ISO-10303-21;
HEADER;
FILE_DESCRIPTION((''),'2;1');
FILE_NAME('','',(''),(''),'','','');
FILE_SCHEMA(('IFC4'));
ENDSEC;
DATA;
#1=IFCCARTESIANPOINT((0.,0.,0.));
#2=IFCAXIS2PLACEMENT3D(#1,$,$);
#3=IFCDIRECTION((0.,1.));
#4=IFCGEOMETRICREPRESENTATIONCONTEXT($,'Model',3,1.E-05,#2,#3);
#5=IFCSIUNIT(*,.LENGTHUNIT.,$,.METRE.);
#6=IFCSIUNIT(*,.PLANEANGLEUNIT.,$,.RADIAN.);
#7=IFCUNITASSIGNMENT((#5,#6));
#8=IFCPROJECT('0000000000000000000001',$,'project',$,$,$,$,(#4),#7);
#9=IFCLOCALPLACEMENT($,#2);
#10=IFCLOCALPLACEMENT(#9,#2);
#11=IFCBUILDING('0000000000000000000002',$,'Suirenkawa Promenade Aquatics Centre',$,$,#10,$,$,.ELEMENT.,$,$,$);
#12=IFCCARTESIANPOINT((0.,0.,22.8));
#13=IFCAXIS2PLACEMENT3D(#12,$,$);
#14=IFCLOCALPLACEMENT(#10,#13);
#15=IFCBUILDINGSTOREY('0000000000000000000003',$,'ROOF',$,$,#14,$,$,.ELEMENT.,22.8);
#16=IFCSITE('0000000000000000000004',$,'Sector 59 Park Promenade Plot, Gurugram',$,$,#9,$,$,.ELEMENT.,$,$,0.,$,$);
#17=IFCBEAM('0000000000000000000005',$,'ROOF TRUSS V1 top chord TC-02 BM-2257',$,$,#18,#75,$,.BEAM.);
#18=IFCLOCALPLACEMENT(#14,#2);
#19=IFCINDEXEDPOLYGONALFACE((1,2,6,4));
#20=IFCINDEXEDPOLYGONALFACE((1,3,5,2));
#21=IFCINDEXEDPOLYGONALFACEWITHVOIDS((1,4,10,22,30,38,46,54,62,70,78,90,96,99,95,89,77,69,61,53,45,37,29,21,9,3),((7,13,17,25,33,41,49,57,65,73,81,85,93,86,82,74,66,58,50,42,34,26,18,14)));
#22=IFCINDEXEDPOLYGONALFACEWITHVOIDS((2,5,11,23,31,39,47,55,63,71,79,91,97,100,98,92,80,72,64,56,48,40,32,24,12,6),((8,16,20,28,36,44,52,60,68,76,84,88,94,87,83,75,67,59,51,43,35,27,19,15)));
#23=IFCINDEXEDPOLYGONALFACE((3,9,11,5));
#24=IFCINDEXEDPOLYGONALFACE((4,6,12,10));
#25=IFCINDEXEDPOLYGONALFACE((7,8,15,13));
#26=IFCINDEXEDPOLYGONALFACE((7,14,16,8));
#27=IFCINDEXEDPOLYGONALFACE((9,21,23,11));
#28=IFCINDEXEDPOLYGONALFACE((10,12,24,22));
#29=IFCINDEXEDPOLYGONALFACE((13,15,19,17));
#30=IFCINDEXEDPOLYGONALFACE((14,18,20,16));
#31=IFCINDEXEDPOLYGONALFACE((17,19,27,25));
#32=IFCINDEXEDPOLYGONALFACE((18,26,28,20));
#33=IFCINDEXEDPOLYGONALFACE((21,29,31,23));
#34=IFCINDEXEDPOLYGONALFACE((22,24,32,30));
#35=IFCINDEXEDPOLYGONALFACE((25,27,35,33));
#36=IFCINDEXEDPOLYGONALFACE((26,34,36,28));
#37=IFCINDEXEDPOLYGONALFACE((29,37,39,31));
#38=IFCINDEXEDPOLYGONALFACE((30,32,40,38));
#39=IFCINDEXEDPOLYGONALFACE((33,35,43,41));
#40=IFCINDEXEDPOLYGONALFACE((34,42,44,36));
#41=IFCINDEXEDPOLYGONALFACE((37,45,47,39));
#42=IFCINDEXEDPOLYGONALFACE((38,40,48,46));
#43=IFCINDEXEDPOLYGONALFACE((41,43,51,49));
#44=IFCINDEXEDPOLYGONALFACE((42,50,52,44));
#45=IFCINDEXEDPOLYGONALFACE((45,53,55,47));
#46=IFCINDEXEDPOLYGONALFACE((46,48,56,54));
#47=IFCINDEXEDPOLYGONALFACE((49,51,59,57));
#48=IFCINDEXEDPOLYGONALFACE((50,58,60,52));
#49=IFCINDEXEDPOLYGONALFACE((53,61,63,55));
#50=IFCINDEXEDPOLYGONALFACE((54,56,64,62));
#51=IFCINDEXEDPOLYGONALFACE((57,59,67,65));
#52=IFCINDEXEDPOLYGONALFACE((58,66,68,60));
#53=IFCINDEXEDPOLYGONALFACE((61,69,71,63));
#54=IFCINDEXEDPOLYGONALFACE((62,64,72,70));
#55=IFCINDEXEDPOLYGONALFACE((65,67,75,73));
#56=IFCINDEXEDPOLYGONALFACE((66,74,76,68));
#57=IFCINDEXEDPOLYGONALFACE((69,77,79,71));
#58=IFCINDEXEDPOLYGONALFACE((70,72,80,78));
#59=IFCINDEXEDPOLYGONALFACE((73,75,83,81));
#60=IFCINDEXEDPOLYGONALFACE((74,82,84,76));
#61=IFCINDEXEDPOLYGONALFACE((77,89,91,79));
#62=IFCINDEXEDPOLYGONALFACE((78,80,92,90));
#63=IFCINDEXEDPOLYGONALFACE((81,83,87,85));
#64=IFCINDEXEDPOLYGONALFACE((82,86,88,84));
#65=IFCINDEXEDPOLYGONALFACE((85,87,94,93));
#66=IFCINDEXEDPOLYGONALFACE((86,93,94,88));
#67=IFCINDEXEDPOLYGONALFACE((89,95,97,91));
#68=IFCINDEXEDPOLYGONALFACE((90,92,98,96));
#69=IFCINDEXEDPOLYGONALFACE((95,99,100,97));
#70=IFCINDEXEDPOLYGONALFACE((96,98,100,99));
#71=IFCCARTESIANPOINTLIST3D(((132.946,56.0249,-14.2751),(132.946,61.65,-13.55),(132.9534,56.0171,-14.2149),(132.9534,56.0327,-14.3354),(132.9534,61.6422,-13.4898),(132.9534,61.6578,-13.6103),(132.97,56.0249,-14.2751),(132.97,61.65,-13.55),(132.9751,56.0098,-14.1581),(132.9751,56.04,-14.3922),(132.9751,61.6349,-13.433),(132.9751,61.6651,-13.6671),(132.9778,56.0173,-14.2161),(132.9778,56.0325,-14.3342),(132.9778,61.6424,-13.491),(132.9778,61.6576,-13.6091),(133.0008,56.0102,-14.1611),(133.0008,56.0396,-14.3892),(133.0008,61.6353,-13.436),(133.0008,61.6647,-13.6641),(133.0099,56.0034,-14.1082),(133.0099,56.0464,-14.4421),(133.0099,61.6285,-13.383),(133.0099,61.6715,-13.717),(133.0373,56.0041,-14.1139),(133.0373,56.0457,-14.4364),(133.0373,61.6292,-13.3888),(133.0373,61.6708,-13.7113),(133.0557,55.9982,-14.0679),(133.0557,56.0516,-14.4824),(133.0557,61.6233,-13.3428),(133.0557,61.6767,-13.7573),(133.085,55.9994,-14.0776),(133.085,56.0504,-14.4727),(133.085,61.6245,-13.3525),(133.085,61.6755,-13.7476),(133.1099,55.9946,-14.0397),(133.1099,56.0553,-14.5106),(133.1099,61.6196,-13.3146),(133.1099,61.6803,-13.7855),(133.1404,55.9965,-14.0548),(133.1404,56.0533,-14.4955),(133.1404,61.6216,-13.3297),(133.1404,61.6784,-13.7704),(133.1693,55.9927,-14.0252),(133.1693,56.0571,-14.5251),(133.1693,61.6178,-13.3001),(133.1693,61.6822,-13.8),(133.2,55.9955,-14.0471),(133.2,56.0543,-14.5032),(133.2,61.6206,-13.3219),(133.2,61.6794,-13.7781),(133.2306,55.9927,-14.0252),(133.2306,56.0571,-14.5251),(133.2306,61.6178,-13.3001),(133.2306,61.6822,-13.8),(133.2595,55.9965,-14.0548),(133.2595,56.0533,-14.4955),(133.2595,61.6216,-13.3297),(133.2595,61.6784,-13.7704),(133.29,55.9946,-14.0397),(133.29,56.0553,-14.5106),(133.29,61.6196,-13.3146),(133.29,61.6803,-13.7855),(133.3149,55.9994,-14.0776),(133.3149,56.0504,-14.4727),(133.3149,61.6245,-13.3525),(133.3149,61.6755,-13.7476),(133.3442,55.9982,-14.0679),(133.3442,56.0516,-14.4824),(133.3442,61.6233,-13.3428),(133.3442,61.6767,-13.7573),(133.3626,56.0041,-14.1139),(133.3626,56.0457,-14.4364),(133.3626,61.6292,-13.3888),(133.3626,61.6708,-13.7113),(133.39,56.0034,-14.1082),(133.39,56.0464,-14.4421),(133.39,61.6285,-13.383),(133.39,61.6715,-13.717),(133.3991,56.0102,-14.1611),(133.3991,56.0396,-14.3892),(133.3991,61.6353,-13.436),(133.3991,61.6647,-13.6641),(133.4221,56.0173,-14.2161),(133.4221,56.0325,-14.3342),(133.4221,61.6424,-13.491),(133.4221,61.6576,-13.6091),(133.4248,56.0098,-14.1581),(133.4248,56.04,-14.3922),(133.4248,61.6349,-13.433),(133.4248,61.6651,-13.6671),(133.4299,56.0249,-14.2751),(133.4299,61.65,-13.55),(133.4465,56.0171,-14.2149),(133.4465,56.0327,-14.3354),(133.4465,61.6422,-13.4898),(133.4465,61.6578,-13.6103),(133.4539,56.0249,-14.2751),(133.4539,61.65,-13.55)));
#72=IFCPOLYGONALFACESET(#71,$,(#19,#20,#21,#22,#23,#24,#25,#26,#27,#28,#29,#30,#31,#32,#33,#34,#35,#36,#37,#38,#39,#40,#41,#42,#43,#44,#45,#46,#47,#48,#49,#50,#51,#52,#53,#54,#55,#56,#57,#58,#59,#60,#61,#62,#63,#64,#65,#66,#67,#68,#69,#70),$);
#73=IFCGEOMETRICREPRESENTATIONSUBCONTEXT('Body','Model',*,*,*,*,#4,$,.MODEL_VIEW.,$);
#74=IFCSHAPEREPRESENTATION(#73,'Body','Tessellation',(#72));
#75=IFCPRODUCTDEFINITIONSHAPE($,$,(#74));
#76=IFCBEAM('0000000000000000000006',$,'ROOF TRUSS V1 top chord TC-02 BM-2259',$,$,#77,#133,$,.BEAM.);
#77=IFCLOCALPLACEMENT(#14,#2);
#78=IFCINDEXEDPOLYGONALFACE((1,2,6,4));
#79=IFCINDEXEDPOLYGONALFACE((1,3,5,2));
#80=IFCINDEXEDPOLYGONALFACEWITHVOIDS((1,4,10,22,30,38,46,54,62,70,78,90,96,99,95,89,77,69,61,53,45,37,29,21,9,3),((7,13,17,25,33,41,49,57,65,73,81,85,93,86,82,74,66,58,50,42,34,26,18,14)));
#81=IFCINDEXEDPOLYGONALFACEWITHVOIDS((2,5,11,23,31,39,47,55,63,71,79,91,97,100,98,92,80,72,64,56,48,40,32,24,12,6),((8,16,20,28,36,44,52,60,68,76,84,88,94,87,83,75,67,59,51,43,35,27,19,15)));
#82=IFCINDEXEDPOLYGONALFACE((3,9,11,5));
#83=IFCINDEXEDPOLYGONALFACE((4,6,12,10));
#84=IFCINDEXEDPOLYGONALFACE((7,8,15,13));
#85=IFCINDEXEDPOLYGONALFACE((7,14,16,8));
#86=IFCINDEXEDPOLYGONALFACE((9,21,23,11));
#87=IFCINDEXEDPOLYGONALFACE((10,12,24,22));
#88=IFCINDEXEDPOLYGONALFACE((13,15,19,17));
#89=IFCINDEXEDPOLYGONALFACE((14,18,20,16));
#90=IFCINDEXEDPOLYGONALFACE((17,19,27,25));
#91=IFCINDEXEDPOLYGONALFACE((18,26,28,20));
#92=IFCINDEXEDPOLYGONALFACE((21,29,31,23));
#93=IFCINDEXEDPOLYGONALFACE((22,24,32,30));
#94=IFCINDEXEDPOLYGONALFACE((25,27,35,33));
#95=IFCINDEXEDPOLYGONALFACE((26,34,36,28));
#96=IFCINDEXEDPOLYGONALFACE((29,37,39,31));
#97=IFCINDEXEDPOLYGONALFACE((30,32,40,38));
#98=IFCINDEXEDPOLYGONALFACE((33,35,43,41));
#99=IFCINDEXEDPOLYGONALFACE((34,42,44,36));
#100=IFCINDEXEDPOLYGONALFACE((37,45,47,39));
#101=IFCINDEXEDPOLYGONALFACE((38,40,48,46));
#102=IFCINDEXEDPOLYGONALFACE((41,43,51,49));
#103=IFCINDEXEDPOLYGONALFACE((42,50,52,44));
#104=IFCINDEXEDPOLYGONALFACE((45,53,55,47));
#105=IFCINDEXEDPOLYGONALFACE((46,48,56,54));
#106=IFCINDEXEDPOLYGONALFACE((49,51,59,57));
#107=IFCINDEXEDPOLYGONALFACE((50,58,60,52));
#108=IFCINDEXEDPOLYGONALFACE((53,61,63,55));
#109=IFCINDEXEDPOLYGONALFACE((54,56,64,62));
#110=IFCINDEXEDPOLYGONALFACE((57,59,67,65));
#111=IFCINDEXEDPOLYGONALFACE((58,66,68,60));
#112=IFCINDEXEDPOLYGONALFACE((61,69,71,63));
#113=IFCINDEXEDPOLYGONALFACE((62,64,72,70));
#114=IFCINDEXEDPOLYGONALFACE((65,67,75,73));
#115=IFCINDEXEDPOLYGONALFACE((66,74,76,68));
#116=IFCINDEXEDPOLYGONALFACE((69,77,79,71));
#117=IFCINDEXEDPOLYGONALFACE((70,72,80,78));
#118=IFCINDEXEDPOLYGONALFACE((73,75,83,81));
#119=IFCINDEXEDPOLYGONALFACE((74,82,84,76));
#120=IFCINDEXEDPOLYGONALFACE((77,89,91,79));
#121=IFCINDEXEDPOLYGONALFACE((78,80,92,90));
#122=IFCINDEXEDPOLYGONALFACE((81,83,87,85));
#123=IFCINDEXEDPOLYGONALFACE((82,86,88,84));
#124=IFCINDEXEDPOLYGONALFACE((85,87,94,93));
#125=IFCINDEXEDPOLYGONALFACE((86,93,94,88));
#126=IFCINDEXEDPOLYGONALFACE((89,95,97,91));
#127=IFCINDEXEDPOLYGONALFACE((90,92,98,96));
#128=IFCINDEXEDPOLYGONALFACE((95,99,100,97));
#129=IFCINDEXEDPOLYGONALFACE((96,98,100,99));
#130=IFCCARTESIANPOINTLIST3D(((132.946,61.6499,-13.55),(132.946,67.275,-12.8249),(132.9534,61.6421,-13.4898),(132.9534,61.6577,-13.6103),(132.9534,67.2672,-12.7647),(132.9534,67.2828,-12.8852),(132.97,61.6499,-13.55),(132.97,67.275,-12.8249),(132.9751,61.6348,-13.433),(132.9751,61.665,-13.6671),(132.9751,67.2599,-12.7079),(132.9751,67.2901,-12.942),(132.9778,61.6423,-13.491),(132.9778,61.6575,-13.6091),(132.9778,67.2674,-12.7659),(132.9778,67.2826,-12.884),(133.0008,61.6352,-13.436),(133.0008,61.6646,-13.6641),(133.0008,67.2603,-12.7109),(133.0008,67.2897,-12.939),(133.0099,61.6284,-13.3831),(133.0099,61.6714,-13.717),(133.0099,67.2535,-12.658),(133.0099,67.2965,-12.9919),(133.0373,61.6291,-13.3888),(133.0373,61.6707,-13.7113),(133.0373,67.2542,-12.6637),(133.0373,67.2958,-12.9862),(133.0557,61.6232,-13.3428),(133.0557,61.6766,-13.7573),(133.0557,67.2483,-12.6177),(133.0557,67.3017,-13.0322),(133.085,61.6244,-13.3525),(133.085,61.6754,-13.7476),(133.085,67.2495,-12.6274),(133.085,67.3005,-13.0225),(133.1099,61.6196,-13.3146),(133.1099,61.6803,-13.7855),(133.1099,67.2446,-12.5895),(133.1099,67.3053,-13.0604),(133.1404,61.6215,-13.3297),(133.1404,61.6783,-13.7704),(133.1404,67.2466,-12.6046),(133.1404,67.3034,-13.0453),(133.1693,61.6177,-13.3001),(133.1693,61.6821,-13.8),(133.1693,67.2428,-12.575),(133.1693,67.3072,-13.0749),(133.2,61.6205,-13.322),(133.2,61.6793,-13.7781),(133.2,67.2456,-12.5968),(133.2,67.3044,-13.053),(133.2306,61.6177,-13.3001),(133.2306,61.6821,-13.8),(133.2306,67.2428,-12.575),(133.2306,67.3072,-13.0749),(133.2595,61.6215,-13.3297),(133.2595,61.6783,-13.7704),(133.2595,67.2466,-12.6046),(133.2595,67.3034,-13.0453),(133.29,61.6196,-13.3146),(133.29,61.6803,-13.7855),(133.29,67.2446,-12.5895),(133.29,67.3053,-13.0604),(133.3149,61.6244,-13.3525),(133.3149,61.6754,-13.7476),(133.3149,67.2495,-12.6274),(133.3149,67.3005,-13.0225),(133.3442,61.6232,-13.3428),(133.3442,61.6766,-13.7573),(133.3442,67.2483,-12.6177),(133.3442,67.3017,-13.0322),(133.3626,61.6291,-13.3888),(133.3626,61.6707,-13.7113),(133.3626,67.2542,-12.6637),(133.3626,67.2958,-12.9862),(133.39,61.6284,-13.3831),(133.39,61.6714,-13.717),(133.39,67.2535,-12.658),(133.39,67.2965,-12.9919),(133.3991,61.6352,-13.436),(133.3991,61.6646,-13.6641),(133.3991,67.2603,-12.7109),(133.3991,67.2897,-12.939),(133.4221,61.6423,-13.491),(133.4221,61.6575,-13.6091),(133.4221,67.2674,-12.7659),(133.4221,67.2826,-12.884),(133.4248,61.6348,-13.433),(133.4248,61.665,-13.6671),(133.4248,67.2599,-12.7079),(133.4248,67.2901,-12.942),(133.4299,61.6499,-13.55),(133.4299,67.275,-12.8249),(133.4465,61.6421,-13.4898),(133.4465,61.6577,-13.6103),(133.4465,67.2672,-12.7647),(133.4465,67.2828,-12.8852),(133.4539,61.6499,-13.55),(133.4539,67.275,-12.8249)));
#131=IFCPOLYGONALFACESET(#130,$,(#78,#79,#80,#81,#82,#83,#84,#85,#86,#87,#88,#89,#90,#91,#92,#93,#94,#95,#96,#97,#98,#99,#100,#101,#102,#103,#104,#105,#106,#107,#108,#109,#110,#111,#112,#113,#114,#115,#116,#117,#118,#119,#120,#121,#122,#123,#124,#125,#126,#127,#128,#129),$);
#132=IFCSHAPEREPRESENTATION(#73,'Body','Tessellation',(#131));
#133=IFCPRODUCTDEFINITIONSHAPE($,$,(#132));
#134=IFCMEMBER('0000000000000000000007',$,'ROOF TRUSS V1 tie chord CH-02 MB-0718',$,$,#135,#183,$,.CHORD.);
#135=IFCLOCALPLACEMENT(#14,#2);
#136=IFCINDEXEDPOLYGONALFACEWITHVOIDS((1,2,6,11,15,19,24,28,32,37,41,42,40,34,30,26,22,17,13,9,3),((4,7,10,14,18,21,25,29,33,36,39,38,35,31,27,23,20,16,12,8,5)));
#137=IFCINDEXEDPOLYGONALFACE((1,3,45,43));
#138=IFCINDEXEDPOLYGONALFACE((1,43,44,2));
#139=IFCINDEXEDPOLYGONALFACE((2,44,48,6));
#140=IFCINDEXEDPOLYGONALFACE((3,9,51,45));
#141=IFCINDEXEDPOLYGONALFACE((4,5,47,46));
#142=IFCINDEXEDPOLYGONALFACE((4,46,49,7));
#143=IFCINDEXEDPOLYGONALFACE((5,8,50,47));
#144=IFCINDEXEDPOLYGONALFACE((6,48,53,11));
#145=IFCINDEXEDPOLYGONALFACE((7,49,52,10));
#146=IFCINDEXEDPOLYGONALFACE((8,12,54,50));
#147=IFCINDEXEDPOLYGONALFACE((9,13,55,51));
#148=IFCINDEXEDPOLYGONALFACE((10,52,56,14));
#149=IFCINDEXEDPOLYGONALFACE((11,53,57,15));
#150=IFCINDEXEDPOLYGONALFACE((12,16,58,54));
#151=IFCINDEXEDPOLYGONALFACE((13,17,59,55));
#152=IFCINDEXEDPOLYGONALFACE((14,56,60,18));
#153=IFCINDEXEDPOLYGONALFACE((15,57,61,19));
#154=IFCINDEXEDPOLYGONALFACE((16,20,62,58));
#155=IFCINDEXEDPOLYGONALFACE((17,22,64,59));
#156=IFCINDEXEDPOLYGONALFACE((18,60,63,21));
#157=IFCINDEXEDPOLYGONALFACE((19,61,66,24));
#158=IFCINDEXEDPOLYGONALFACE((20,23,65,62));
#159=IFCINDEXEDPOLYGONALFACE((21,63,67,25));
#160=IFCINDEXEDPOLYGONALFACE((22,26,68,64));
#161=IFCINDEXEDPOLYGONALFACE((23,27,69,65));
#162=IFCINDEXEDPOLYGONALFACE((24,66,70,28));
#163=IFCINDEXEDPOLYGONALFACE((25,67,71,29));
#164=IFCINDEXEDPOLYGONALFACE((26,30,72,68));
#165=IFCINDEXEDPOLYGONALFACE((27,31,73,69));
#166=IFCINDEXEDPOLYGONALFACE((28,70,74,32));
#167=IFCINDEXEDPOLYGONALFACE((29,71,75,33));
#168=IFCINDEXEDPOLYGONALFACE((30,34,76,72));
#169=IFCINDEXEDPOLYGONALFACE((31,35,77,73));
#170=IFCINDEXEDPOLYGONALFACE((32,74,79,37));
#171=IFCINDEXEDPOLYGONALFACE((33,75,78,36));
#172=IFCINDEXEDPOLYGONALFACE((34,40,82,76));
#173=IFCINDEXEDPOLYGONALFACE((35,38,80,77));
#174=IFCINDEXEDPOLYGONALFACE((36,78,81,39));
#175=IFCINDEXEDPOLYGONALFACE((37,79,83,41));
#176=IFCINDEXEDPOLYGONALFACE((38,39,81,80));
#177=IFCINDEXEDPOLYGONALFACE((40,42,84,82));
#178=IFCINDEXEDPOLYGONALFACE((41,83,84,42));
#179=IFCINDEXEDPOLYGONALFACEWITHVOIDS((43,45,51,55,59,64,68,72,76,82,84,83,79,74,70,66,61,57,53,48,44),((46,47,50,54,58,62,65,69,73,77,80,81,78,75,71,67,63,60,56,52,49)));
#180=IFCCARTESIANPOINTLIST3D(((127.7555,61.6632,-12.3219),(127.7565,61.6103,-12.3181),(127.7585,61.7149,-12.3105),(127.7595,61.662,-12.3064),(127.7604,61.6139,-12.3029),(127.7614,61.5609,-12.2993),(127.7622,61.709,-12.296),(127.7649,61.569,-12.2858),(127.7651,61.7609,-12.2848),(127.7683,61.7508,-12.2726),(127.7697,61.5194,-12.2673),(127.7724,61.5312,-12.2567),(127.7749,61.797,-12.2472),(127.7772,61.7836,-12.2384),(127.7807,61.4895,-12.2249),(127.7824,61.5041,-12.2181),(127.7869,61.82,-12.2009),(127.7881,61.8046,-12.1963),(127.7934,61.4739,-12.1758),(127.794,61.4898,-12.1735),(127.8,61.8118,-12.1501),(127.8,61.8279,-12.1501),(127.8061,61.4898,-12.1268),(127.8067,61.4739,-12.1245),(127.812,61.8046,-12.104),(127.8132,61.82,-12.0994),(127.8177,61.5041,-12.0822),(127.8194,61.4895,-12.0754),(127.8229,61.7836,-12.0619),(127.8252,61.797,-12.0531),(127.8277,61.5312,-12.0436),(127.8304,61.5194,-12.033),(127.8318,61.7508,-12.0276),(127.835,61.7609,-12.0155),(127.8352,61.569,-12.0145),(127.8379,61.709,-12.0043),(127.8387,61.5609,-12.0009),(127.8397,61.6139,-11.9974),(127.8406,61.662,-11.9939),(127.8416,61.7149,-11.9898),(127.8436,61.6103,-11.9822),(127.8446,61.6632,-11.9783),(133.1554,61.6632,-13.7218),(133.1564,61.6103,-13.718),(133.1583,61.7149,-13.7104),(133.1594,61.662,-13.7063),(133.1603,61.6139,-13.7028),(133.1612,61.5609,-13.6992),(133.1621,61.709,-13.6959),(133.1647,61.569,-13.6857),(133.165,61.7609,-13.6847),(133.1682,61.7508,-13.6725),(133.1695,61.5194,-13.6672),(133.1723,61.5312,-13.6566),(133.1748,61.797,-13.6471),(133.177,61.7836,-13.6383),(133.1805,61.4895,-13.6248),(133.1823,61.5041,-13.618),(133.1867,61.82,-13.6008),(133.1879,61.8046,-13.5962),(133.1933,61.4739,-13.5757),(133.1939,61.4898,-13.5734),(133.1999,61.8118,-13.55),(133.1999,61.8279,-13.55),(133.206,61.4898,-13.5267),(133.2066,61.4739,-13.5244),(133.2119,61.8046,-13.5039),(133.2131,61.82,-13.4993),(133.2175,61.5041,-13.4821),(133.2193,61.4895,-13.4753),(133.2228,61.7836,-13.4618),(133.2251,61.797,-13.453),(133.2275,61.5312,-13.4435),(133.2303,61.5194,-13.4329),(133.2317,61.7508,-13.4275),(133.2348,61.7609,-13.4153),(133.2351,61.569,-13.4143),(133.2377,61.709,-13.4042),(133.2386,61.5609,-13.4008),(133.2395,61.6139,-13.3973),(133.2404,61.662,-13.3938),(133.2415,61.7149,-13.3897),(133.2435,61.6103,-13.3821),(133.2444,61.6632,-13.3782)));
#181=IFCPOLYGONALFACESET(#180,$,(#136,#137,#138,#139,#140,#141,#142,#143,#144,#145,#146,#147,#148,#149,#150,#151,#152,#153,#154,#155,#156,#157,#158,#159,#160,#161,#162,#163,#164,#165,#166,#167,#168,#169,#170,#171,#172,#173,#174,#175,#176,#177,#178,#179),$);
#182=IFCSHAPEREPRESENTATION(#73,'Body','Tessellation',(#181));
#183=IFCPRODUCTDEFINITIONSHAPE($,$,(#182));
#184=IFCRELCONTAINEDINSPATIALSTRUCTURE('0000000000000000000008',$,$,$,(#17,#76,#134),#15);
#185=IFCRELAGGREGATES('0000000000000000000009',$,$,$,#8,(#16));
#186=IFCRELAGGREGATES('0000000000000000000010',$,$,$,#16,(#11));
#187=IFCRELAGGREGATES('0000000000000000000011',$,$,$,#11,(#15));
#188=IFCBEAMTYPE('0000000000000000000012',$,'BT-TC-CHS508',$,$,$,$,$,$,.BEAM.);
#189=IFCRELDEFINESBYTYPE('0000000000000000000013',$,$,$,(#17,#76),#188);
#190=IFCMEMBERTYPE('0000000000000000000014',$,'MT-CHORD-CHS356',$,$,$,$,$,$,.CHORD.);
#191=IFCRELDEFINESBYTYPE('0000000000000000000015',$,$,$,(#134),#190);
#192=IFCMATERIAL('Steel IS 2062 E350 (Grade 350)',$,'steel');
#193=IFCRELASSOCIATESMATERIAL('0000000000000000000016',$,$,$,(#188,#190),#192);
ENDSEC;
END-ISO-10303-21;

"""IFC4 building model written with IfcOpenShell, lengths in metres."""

from ifc_helpers import new_model, si_unit, direction, frame, origin, origin_2d, place, context, subcontext, project, spatial, hollow_circle, extrude, material, material_profile, profile_set, type_object, element, save


model = new_model("IFC4")

# Units and contexts
model_context = context("Model", 3, precision=1e-05, world=origin(), true_north=direction((0.0, 1.0)))
body_context = subcontext(model_context, "Body", "Model", "MODEL_VIEW")
ifc_project = project(units=[si_unit("LENGTHUNIT", "METRE"), si_unit("PLANEANGLEUNIT", "RADIAN")], contexts=[model_context])

# Site, building, storey
site_placement = place(None, origin())
site = spatial("IfcSite", under=ifc_project, at=site_placement, Name="Sector 59 Park Promenade Plot, Gurugram", CompositionType="ELEMENT", RefElevation=0.0)
building_placement = place(site_placement, origin())
building = spatial("IfcBuilding", under=site, at=building_placement, Name="Suirenkawa Promenade Aquatics Centre", CompositionType="ELEMENT")
storey_placement = place(building_placement, frame((0.0, 0.0, 22.8)))
storey = spatial("IfcBuildingStorey", under=building, at=storey_placement, Name="ROOF", CompositionType="ELEMENT", Elevation=22.8)

# Beams
ifc_material = material(Name="Steel IS 2062 E350 (Grade 350)", Category="steel")
ifc_material_profile_1 = material_profile(ifc_material, hollow_circle(Radius=0.2539, WallThickness=0.0239, at=origin_2d()), Name="CHS 508x24", Category="steel")
ifc_profile_set_1 = profile_set([ifc_material_profile_1], Name="Steel IS 2062 E350 (Grade 350)")
beam_type_1 = type_object("IfcBeamType", Name="BT-TC-CHS508", PredefinedType="BEAM", material=ifc_profile_set_1)
for number, where, z_axis, x_axis, name in (
    (1, (133.2, 56.0249, -14.2751), (0.0, 0.991794, 0.127848), (-1.0, 0.0, 0.0), "ROOF TRUSS V1 top chord TC-02 BM-2257"),
    (2, (133.2, 61.6499, -13.55), (0.0, 0.991794, 0.127848), (-1.0, 0.0, 0.0), "ROOF TRUSS V1 top chord TC-02 BM-2259"),
):
    element("IfcBeam", number, at=place(storey_placement, frame(where, z_axis=z_axis, x_axis=x_axis)), inside=storey, type_object=beam_type_1, Name=name, PredefinedType="BEAM", context=body_context, shape_type="SweptSolid", body=[
        extrude(hollow_circle(Radius=0.2539, WallThickness=0.0239, at=origin_2d()), origin(), (0.0, 0.0, 1.0), 5.6716),
    ])

# Member
ifc_material_profile_2 = material_profile(ifc_material, hollow_circle(Radius=0.178, WallThickness=0.0161, at=origin_2d()), Name="CHS 356x16", Category="steel")
ifc_profile_set_2 = profile_set([ifc_material_profile_2], Name="Steel IS 2062 E350 (Grade 350)")
member_type_1 = type_object("IfcMemberType", Name="MT-CHORD-CHS356", PredefinedType="CHORD", material=ifc_profile_set_2)
member_1_placement = place(storey_placement, frame((127.8, 61.6499, -12.1501), z_axis=(0.968, 0.0, -0.25095), x_axis=(0.0, 1.0, 0.0)))
element("IfcMember", 3, at=member_1_placement, inside=storey, type_object=member_type_1, Name="ROOF TRUSS V1 tie chord CH-02 MB-0718", PredefinedType="CHORD", context=body_context, shape_type="SweptSolid", body=[
    extrude(hollow_circle(Radius=0.178, WallThickness=0.0161, at=origin_2d()), origin(), (0.0, 0.0, 1.0), 5.5784),
])

save(model, "model.ifc")
